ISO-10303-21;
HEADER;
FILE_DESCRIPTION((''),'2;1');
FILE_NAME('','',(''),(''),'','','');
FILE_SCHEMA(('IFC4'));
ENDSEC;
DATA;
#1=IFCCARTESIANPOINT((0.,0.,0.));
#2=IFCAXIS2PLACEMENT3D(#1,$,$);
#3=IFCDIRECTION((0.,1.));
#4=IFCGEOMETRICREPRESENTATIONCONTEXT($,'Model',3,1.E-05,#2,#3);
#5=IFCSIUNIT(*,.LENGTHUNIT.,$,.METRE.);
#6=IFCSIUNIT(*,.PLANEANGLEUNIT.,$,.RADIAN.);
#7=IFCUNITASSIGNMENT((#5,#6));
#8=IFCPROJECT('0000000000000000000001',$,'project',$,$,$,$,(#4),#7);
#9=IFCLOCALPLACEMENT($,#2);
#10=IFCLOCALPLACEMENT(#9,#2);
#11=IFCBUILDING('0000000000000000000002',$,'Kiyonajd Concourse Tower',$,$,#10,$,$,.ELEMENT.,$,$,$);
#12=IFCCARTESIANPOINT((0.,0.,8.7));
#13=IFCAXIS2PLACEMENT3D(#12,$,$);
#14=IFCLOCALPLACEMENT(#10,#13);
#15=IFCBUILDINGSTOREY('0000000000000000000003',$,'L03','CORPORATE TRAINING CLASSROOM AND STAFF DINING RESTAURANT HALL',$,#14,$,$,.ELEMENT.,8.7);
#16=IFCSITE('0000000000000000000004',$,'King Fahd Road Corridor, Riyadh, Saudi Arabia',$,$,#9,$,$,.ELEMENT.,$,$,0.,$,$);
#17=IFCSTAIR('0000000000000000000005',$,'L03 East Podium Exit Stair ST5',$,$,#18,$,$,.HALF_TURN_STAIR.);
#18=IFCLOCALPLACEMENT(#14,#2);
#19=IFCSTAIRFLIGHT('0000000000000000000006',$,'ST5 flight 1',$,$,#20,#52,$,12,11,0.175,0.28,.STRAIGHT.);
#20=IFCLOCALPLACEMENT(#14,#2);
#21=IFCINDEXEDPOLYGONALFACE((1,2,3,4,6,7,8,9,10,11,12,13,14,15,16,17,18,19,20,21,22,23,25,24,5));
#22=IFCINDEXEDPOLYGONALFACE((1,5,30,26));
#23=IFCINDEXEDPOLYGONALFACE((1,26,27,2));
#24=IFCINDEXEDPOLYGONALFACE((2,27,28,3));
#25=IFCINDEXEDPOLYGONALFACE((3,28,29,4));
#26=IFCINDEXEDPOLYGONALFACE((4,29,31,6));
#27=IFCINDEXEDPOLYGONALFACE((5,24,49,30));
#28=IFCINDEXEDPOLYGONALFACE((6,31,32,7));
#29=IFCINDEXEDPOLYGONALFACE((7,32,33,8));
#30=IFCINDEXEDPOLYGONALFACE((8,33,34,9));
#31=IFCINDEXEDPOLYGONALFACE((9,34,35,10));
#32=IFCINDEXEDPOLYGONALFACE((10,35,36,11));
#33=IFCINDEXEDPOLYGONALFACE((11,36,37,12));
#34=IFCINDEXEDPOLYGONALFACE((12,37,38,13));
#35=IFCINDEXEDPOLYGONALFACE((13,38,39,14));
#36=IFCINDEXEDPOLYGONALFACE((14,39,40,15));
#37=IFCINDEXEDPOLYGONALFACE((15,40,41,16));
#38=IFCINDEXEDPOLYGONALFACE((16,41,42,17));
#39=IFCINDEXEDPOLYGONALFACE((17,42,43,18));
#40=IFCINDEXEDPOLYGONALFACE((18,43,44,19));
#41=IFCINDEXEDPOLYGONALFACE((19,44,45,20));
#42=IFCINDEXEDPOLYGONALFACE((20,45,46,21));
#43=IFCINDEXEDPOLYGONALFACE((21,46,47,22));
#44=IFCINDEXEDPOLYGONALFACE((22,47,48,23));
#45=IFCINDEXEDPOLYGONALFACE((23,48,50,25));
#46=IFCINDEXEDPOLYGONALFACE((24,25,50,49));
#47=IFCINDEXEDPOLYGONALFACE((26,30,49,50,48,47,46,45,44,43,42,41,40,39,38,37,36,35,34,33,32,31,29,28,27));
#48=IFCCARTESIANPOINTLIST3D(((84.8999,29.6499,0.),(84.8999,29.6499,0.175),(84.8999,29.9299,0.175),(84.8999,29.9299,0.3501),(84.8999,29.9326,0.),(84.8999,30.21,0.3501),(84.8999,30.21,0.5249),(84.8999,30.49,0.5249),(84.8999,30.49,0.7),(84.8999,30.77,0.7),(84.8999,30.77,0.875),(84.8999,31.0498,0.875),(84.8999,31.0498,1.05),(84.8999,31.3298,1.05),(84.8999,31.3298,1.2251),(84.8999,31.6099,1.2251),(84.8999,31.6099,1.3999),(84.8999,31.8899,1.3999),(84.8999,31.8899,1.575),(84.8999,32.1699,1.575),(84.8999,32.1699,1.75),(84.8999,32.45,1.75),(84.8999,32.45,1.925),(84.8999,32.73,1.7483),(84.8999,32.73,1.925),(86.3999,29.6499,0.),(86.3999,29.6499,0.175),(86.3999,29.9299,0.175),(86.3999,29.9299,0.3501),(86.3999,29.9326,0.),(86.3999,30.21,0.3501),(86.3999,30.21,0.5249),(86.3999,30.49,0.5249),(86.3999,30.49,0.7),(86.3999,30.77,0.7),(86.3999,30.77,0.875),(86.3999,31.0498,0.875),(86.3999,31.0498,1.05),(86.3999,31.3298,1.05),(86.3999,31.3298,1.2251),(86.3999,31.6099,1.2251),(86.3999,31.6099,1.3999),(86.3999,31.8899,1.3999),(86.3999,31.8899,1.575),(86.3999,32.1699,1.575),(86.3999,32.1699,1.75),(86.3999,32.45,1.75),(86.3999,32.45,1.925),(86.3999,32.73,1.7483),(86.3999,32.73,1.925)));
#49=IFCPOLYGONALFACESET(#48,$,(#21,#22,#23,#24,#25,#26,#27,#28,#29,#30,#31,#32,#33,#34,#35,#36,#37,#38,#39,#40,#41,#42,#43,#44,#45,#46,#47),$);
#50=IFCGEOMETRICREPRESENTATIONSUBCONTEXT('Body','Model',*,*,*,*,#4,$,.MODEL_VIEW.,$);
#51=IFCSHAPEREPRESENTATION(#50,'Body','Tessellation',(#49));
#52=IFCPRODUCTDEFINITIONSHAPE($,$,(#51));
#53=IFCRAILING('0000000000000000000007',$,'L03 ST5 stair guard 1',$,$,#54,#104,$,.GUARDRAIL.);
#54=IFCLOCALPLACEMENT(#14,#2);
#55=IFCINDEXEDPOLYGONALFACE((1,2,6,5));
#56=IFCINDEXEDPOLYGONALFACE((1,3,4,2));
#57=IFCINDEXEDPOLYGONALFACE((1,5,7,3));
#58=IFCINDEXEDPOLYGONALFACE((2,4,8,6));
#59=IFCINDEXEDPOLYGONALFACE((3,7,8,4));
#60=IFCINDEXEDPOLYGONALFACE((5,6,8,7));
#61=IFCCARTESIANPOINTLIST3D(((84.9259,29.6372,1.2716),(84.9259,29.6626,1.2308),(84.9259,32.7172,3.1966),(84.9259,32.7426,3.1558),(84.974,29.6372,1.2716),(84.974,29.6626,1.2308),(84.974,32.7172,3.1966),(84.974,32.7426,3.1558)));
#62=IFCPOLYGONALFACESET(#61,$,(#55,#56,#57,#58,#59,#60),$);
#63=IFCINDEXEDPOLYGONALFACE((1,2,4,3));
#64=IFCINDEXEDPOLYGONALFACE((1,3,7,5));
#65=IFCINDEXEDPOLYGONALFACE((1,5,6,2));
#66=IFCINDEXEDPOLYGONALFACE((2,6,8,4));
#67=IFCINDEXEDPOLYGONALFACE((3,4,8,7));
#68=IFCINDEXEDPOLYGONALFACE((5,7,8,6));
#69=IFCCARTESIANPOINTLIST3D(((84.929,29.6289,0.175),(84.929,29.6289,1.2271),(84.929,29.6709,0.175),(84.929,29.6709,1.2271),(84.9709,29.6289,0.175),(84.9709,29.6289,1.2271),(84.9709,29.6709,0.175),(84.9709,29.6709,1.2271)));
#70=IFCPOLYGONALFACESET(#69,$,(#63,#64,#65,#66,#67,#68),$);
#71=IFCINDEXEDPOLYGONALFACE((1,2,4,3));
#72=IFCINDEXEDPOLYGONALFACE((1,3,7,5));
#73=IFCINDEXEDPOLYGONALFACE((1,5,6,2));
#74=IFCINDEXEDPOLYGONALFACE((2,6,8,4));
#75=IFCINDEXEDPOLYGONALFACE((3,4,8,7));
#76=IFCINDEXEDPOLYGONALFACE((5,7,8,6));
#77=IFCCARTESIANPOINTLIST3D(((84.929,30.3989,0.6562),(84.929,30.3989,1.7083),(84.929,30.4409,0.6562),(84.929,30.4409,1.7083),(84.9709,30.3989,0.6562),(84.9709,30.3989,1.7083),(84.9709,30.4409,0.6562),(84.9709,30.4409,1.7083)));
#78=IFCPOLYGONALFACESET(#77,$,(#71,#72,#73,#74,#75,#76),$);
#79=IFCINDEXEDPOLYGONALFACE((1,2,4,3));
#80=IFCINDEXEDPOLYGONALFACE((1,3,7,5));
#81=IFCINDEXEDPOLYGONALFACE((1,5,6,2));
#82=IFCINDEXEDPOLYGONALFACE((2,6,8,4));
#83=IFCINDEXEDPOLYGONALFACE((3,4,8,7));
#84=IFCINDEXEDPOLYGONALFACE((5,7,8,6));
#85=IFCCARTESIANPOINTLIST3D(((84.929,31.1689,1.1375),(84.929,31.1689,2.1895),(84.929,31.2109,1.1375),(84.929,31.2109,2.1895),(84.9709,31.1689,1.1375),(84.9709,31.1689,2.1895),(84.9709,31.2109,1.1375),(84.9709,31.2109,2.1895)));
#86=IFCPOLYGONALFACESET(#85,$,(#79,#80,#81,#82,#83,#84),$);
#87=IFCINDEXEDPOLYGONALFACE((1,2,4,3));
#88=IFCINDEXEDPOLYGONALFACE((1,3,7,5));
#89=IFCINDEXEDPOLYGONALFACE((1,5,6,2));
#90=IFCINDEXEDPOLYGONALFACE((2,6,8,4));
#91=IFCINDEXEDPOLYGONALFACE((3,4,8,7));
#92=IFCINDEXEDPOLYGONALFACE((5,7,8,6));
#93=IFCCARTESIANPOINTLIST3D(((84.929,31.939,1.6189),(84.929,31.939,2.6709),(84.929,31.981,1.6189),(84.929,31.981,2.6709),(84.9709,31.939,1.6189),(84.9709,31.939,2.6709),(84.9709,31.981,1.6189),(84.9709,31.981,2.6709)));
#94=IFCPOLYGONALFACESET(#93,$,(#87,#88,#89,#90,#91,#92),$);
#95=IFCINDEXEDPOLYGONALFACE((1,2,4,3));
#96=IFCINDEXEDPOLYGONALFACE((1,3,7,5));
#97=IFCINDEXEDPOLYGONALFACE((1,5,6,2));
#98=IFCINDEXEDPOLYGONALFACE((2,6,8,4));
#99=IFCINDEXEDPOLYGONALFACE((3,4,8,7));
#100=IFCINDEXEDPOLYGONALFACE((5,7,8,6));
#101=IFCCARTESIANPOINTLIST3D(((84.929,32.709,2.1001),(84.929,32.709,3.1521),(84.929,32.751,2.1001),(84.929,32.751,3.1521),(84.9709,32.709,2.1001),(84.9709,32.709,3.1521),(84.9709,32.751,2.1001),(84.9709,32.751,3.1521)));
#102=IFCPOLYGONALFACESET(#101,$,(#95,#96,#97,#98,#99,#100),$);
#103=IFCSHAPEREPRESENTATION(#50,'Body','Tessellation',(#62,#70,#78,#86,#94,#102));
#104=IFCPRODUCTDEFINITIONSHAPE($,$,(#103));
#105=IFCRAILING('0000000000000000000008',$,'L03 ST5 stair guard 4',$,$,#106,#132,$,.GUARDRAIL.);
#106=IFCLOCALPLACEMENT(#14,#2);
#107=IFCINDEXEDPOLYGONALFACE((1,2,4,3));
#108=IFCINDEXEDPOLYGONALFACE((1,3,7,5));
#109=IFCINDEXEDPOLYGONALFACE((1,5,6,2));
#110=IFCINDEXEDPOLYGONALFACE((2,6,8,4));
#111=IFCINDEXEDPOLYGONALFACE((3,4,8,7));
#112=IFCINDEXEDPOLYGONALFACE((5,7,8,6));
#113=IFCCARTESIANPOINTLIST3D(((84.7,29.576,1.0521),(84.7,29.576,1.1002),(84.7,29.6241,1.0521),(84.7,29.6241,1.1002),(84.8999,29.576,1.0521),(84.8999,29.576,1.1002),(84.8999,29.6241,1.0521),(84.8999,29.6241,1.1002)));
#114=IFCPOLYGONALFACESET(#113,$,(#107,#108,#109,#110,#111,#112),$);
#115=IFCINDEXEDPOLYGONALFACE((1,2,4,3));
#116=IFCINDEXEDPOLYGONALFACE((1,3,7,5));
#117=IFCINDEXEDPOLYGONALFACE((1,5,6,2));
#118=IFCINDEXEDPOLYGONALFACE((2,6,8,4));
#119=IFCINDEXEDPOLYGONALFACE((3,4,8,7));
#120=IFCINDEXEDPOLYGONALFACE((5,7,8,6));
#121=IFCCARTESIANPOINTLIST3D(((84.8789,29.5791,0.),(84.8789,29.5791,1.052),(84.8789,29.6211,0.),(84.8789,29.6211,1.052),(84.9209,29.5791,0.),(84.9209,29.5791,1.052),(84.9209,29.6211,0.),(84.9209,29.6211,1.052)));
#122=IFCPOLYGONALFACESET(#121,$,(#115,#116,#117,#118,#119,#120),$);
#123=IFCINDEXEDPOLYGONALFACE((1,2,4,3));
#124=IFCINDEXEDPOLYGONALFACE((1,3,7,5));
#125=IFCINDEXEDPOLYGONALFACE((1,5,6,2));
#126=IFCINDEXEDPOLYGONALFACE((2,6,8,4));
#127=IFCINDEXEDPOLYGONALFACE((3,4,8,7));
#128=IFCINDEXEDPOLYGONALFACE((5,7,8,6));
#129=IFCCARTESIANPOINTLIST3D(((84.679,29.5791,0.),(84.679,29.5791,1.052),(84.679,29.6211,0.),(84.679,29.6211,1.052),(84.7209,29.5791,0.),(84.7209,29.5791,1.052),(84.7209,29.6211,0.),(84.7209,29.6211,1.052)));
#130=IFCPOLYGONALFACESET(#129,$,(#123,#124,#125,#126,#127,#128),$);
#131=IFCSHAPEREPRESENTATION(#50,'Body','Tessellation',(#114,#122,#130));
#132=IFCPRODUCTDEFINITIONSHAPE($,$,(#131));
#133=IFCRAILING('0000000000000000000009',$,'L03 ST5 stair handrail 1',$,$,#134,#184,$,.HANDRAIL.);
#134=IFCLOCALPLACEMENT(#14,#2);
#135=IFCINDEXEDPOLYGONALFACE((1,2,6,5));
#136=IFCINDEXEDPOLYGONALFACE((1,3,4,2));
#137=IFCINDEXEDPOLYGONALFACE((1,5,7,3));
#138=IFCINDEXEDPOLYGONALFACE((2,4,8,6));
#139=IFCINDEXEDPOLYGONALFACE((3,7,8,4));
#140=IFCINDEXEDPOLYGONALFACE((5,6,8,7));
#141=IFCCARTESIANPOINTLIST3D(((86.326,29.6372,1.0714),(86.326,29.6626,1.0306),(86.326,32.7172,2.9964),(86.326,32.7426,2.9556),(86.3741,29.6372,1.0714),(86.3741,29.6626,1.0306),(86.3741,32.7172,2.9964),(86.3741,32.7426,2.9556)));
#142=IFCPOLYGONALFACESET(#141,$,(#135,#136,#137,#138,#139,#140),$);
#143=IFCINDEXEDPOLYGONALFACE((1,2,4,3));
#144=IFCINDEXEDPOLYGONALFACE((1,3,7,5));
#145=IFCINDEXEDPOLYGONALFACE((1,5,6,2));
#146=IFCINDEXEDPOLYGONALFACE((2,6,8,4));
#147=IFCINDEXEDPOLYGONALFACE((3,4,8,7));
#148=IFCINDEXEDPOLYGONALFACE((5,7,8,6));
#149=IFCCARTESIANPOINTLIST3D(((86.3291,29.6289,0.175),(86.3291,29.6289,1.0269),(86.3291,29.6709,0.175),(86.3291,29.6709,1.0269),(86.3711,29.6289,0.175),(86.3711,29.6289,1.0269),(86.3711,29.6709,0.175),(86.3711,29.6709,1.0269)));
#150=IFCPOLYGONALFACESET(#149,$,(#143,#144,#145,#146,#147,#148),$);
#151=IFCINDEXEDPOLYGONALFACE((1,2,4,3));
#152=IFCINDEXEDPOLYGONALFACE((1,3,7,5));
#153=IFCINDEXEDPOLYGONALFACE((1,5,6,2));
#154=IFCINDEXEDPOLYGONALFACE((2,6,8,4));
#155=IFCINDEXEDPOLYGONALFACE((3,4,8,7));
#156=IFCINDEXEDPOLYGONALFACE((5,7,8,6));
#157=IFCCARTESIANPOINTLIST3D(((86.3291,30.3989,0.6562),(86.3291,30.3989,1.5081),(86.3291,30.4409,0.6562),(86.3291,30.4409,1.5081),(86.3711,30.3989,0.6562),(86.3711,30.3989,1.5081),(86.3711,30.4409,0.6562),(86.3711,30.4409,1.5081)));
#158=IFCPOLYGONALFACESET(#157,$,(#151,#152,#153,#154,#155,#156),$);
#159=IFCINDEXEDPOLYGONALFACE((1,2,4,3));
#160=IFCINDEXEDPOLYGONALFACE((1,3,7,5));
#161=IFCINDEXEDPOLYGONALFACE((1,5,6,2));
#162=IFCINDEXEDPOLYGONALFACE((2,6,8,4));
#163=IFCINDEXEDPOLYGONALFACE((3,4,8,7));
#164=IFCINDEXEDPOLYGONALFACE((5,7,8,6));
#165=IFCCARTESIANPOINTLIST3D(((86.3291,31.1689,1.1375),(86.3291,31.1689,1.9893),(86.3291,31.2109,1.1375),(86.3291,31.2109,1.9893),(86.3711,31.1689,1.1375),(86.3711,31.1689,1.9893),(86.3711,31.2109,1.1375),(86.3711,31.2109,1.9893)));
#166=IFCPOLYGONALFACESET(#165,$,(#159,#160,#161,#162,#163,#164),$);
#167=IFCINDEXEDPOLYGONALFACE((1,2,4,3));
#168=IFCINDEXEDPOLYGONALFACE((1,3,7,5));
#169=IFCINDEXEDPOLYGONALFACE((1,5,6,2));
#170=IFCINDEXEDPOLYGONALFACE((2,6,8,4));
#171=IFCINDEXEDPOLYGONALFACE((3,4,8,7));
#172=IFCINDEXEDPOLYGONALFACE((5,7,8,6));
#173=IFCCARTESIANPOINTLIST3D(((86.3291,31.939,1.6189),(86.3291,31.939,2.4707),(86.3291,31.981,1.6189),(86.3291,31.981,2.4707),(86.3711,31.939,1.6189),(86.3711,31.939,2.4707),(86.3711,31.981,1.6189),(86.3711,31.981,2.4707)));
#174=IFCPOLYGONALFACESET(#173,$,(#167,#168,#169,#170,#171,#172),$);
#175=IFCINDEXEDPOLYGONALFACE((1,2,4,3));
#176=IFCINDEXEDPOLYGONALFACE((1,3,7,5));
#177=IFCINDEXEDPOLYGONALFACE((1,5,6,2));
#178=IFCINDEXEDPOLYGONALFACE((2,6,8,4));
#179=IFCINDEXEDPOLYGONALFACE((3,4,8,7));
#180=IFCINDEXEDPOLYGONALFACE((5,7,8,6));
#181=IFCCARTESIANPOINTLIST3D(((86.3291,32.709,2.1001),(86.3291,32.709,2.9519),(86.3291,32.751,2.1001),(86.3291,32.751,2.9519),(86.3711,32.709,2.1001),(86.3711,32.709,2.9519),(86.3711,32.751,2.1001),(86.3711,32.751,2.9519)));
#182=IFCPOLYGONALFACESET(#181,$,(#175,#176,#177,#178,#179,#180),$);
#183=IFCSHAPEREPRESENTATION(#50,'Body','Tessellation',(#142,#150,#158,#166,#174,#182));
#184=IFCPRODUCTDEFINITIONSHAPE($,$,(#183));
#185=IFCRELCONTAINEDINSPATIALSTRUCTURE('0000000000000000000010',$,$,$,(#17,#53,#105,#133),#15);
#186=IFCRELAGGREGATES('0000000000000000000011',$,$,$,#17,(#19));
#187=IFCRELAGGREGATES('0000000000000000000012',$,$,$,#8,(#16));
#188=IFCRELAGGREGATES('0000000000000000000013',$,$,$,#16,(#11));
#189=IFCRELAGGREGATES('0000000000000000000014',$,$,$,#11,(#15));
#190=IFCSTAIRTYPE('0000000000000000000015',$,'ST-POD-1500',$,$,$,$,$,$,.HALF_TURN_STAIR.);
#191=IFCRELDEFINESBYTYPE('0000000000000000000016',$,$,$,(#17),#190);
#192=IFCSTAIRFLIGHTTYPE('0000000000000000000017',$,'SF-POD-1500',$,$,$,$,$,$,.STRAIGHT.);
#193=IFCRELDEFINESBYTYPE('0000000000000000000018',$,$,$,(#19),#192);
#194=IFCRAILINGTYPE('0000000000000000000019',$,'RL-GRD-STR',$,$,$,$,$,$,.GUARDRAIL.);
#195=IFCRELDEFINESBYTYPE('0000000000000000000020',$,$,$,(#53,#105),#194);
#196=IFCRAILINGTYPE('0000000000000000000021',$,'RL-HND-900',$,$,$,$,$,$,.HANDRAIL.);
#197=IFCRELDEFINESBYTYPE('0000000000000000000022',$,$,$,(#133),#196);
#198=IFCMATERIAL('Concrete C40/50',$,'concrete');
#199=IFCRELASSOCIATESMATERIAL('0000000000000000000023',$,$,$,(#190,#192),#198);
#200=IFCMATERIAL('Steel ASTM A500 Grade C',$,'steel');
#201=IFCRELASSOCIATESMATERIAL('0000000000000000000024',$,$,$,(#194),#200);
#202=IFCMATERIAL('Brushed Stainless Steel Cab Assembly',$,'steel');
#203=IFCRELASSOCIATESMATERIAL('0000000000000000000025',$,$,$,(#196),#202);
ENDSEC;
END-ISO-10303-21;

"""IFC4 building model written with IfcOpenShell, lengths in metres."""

from ifc_helpers import new_model, si_unit, direction, frame, origin, origin_2d, place, context, subcontext, project, spatial, polyline, rectangle, outline, extrude, material, type_object, element, aggregate, save


model = new_model("IFC4")

# Units and contexts
model_context = context("Model", 3, precision=1e-05, world=origin(), true_north=direction((0.0, 1.0)))
body_context = subcontext(model_context, "Body", "Model", "MODEL_VIEW")
ifc_project = project(units=[si_unit("LENGTHUNIT", "METRE"), si_unit("PLANEANGLEUNIT", "RADIAN")], contexts=[model_context])

# Site, building, storey
site_placement = place(None, origin())
site = spatial("IfcSite", under=ifc_project, at=site_placement, Name="King Fahd Road Corridor, Riyadh, Saudi Arabia", CompositionType="ELEMENT", RefElevation=0.0)
building_placement = place(site_placement, origin())
building = spatial("IfcBuilding", under=site, at=building_placement, Name="Kiyonajd Concourse Tower", CompositionType="ELEMENT")
storey_placement = place(building_placement, frame((0.0, 0.0, 8.7)))
storey = spatial("IfcBuildingStorey", under=building, at=storey_placement, Name="L03", Description="CORPORATE TRAINING CLASSROOM AND STAFF DINING RESTAURANT HALL", CompositionType="ELEMENT", Elevation=8.7)

# Shared definitions
ifc_material_1 = material(Name="Brushed Stainless Steel Cab Assembly", Category="steel")

# Stair, stair flight
ifc_material_2 = material(Name="Concrete C40/50", Category="concrete")
stair_type = type_object("IfcStairType", Name="ST-POD-1500", PredefinedType="HALF_TURN_STAIR", material=ifc_material_2)
stair_placement = place(storey_placement, origin())
stair = element("IfcStair", 1, at=stair_placement, inside=storey, type_object=stair_type, Name="L03 East Podium Exit Stair ST5", PredefinedType="HALF_TURN_STAIR")
stair_flight_type = type_object("IfcStairFlightType", Name="SF-POD-1500", PredefinedType="STRAIGHT", material=ifc_material_2)
stair_flight_placement = place(storey_placement, frame((85.6499, 29.6499, 0.0), z_axis=(0.0, 0.0, 1.0), x_axis=(0.0, 1.0, 0.0)))
stair_flight = element("IfcStairFlight", 2, at=stair_flight_placement, type_object=stair_flight_type, Name="ST5 flight 1", NumberOfRisers=12, NumberOfTreads=11, PredefinedType="STRAIGHT", RiserHeight=0.175, TreadLength=0.28, context=body_context, shape_type="SweptSolid", body=[
    extrude(outline(polyline([(0.0, 0.0), (0.0, 0.175), (0.28, 0.175), (0.28, 0.3501), (0.5601, 0.3501), (0.5601, 0.5249), (0.8401, 0.5249), (0.8401, 0.7), (1.1201, 0.7), (1.1201, 0.875), (1.3999, 0.875), (1.3999, 1.05), (1.6799, 1.05), (1.6799, 1.2251), (1.96, 1.2251), (1.96, 1.3999), (2.24, 1.3999), (2.24, 1.575), (2.52, 1.575), (2.52, 1.75), (2.8, 1.75), (2.8, 1.925), (3.0801, 1.925), (3.0801, 2.1001), (3.0801, 1.7483), (0.2827, 0.0), (0.0, 0.0)])), frame((0.0, 0.75, 0.0), z_axis=(0.0, -1.0, 0.0), x_axis=(1.0, 0.0, 0.0)), (0.0, 0.0, 1.0), 1.5),
])
aggregate(stair, [stair_flight])

# Railings
ifc_material_3 = material(Name="Steel ASTM A500 Grade C", Category="steel")
railing_type_1 = type_object("IfcRailingType", Name="RL-GRD-STR", PredefinedType="GUARDRAIL", material=ifc_material_3)
railing_1_placement = place(storey_placement, frame((84.95, 29.6499, 0.175)))
element("IfcRailing", 3, at=railing_1_placement, inside=storey, type_object=railing_type_1, Name="L03 ST5 stair guard 1", PredefinedType="GUARDRAIL", context=body_context, shape_type="SweptSolid", body=[
    extrude(rectangle(XDim=0.0481, YDim=0.0481, at=origin_2d()), frame((0.0, 0.0, 1.0762), z_axis=(0.0, 0.847998, 0.529999), x_axis=(-1.0, 0.0, 0.0)), (0.0, 0.0, 1.0), 3.6321),
    extrude(rectangle(XDim=0.042, YDim=0.042, at=origin_2d()), origin(), (0.0, 0.0, 1.0), 1.052),
    extrude(rectangle(XDim=0.042, YDim=0.042, at=origin_2d()), frame((0.0, 0.77, 0.4812)), (0.0, 0.0, 1.0), 1.052),
    extrude(rectangle(XDim=0.042, YDim=0.042, at=origin_2d()), frame((0.0, 1.54, 0.9624)), (0.0, 0.0, 1.0), 1.052),
    extrude(rectangle(XDim=0.042, YDim=0.042, at=origin_2d()), frame((0.0, 2.3101, 1.4438)), (0.0, 0.0, 1.0), 1.052),
    extrude(rectangle(XDim=0.042, YDim=0.042, at=origin_2d()), frame((0.0, 3.0801, 1.925)), (0.0, 0.0, 1.0), 1.052),
])
railing_2_placement = place(storey_placement, frame((84.8999, 29.6001, 0.0)))
element("IfcRailing", 4, at=railing_2_placement, inside=storey, type_object=railing_type_1, Name="L03 ST5 stair guard 4", PredefinedType="GUARDRAIL", context=body_context, shape_type="SweptSolid", body=[
    extrude(rectangle(XDim=0.0481, YDim=0.0481, at=origin_2d()), frame((0.0, 0.0, 1.0762), z_axis=(-1.0, 0.0, 0.0), x_axis=(0.0, -1.0, 0.0)), (0.0, 0.0, 1.0), 0.2),
    extrude(rectangle(XDim=0.042, YDim=0.042, at=origin_2d()), origin(), (0.0, 0.0, 1.0), 1.052),
    extrude(rectangle(XDim=0.042, YDim=0.042, at=origin_2d()), frame((-0.2, 0.0, 0.0)), (0.0, 0.0, 1.0), 1.052),
])
railing_type_2 = type_object("IfcRailingType", Name="RL-HND-900", PredefinedType="HANDRAIL", material=ifc_material_1)
railing_3_placement = place(storey_placement, frame((86.3501, 29.6499, 0.175)))
element("IfcRailing", 5, at=railing_3_placement, inside=storey, type_object=railing_type_2, Name="L03 ST5 stair handrail 1", PredefinedType="HANDRAIL", context=body_context, shape_type="SweptSolid", body=[
    extrude(rectangle(XDim=0.0481, YDim=0.0481, at=origin_2d()), frame((0.0, 0.0, 0.876), z_axis=(0.0, 0.847998, 0.529999), x_axis=(-1.0, 0.0, 0.0)), (0.0, 0.0, 1.0), 3.6321),
    extrude(rectangle(XDim=0.042, YDim=0.042, at=origin_2d()), origin(), (0.0, 0.0, 1.0), 0.8518),
    extrude(rectangle(XDim=0.042, YDim=0.042, at=origin_2d()), frame((0.0, 0.77, 0.4812)), (0.0, 0.0, 1.0), 0.8518),
    extrude(rectangle(XDim=0.042, YDim=0.042, at=origin_2d()), frame((0.0, 1.54, 0.9624)), (0.0, 0.0, 1.0), 0.8518),
    extrude(rectangle(XDim=0.042, YDim=0.042, at=origin_2d()), frame((0.0, 2.3101, 1.4438)), (0.0, 0.0, 1.0), 0.8518),
    extrude(rectangle(XDim=0.042, YDim=0.042, at=origin_2d()), frame((0.0, 3.0801, 1.925)), (0.0, 0.0, 1.0), 0.8518),
])

save(model, "model.ifc")
